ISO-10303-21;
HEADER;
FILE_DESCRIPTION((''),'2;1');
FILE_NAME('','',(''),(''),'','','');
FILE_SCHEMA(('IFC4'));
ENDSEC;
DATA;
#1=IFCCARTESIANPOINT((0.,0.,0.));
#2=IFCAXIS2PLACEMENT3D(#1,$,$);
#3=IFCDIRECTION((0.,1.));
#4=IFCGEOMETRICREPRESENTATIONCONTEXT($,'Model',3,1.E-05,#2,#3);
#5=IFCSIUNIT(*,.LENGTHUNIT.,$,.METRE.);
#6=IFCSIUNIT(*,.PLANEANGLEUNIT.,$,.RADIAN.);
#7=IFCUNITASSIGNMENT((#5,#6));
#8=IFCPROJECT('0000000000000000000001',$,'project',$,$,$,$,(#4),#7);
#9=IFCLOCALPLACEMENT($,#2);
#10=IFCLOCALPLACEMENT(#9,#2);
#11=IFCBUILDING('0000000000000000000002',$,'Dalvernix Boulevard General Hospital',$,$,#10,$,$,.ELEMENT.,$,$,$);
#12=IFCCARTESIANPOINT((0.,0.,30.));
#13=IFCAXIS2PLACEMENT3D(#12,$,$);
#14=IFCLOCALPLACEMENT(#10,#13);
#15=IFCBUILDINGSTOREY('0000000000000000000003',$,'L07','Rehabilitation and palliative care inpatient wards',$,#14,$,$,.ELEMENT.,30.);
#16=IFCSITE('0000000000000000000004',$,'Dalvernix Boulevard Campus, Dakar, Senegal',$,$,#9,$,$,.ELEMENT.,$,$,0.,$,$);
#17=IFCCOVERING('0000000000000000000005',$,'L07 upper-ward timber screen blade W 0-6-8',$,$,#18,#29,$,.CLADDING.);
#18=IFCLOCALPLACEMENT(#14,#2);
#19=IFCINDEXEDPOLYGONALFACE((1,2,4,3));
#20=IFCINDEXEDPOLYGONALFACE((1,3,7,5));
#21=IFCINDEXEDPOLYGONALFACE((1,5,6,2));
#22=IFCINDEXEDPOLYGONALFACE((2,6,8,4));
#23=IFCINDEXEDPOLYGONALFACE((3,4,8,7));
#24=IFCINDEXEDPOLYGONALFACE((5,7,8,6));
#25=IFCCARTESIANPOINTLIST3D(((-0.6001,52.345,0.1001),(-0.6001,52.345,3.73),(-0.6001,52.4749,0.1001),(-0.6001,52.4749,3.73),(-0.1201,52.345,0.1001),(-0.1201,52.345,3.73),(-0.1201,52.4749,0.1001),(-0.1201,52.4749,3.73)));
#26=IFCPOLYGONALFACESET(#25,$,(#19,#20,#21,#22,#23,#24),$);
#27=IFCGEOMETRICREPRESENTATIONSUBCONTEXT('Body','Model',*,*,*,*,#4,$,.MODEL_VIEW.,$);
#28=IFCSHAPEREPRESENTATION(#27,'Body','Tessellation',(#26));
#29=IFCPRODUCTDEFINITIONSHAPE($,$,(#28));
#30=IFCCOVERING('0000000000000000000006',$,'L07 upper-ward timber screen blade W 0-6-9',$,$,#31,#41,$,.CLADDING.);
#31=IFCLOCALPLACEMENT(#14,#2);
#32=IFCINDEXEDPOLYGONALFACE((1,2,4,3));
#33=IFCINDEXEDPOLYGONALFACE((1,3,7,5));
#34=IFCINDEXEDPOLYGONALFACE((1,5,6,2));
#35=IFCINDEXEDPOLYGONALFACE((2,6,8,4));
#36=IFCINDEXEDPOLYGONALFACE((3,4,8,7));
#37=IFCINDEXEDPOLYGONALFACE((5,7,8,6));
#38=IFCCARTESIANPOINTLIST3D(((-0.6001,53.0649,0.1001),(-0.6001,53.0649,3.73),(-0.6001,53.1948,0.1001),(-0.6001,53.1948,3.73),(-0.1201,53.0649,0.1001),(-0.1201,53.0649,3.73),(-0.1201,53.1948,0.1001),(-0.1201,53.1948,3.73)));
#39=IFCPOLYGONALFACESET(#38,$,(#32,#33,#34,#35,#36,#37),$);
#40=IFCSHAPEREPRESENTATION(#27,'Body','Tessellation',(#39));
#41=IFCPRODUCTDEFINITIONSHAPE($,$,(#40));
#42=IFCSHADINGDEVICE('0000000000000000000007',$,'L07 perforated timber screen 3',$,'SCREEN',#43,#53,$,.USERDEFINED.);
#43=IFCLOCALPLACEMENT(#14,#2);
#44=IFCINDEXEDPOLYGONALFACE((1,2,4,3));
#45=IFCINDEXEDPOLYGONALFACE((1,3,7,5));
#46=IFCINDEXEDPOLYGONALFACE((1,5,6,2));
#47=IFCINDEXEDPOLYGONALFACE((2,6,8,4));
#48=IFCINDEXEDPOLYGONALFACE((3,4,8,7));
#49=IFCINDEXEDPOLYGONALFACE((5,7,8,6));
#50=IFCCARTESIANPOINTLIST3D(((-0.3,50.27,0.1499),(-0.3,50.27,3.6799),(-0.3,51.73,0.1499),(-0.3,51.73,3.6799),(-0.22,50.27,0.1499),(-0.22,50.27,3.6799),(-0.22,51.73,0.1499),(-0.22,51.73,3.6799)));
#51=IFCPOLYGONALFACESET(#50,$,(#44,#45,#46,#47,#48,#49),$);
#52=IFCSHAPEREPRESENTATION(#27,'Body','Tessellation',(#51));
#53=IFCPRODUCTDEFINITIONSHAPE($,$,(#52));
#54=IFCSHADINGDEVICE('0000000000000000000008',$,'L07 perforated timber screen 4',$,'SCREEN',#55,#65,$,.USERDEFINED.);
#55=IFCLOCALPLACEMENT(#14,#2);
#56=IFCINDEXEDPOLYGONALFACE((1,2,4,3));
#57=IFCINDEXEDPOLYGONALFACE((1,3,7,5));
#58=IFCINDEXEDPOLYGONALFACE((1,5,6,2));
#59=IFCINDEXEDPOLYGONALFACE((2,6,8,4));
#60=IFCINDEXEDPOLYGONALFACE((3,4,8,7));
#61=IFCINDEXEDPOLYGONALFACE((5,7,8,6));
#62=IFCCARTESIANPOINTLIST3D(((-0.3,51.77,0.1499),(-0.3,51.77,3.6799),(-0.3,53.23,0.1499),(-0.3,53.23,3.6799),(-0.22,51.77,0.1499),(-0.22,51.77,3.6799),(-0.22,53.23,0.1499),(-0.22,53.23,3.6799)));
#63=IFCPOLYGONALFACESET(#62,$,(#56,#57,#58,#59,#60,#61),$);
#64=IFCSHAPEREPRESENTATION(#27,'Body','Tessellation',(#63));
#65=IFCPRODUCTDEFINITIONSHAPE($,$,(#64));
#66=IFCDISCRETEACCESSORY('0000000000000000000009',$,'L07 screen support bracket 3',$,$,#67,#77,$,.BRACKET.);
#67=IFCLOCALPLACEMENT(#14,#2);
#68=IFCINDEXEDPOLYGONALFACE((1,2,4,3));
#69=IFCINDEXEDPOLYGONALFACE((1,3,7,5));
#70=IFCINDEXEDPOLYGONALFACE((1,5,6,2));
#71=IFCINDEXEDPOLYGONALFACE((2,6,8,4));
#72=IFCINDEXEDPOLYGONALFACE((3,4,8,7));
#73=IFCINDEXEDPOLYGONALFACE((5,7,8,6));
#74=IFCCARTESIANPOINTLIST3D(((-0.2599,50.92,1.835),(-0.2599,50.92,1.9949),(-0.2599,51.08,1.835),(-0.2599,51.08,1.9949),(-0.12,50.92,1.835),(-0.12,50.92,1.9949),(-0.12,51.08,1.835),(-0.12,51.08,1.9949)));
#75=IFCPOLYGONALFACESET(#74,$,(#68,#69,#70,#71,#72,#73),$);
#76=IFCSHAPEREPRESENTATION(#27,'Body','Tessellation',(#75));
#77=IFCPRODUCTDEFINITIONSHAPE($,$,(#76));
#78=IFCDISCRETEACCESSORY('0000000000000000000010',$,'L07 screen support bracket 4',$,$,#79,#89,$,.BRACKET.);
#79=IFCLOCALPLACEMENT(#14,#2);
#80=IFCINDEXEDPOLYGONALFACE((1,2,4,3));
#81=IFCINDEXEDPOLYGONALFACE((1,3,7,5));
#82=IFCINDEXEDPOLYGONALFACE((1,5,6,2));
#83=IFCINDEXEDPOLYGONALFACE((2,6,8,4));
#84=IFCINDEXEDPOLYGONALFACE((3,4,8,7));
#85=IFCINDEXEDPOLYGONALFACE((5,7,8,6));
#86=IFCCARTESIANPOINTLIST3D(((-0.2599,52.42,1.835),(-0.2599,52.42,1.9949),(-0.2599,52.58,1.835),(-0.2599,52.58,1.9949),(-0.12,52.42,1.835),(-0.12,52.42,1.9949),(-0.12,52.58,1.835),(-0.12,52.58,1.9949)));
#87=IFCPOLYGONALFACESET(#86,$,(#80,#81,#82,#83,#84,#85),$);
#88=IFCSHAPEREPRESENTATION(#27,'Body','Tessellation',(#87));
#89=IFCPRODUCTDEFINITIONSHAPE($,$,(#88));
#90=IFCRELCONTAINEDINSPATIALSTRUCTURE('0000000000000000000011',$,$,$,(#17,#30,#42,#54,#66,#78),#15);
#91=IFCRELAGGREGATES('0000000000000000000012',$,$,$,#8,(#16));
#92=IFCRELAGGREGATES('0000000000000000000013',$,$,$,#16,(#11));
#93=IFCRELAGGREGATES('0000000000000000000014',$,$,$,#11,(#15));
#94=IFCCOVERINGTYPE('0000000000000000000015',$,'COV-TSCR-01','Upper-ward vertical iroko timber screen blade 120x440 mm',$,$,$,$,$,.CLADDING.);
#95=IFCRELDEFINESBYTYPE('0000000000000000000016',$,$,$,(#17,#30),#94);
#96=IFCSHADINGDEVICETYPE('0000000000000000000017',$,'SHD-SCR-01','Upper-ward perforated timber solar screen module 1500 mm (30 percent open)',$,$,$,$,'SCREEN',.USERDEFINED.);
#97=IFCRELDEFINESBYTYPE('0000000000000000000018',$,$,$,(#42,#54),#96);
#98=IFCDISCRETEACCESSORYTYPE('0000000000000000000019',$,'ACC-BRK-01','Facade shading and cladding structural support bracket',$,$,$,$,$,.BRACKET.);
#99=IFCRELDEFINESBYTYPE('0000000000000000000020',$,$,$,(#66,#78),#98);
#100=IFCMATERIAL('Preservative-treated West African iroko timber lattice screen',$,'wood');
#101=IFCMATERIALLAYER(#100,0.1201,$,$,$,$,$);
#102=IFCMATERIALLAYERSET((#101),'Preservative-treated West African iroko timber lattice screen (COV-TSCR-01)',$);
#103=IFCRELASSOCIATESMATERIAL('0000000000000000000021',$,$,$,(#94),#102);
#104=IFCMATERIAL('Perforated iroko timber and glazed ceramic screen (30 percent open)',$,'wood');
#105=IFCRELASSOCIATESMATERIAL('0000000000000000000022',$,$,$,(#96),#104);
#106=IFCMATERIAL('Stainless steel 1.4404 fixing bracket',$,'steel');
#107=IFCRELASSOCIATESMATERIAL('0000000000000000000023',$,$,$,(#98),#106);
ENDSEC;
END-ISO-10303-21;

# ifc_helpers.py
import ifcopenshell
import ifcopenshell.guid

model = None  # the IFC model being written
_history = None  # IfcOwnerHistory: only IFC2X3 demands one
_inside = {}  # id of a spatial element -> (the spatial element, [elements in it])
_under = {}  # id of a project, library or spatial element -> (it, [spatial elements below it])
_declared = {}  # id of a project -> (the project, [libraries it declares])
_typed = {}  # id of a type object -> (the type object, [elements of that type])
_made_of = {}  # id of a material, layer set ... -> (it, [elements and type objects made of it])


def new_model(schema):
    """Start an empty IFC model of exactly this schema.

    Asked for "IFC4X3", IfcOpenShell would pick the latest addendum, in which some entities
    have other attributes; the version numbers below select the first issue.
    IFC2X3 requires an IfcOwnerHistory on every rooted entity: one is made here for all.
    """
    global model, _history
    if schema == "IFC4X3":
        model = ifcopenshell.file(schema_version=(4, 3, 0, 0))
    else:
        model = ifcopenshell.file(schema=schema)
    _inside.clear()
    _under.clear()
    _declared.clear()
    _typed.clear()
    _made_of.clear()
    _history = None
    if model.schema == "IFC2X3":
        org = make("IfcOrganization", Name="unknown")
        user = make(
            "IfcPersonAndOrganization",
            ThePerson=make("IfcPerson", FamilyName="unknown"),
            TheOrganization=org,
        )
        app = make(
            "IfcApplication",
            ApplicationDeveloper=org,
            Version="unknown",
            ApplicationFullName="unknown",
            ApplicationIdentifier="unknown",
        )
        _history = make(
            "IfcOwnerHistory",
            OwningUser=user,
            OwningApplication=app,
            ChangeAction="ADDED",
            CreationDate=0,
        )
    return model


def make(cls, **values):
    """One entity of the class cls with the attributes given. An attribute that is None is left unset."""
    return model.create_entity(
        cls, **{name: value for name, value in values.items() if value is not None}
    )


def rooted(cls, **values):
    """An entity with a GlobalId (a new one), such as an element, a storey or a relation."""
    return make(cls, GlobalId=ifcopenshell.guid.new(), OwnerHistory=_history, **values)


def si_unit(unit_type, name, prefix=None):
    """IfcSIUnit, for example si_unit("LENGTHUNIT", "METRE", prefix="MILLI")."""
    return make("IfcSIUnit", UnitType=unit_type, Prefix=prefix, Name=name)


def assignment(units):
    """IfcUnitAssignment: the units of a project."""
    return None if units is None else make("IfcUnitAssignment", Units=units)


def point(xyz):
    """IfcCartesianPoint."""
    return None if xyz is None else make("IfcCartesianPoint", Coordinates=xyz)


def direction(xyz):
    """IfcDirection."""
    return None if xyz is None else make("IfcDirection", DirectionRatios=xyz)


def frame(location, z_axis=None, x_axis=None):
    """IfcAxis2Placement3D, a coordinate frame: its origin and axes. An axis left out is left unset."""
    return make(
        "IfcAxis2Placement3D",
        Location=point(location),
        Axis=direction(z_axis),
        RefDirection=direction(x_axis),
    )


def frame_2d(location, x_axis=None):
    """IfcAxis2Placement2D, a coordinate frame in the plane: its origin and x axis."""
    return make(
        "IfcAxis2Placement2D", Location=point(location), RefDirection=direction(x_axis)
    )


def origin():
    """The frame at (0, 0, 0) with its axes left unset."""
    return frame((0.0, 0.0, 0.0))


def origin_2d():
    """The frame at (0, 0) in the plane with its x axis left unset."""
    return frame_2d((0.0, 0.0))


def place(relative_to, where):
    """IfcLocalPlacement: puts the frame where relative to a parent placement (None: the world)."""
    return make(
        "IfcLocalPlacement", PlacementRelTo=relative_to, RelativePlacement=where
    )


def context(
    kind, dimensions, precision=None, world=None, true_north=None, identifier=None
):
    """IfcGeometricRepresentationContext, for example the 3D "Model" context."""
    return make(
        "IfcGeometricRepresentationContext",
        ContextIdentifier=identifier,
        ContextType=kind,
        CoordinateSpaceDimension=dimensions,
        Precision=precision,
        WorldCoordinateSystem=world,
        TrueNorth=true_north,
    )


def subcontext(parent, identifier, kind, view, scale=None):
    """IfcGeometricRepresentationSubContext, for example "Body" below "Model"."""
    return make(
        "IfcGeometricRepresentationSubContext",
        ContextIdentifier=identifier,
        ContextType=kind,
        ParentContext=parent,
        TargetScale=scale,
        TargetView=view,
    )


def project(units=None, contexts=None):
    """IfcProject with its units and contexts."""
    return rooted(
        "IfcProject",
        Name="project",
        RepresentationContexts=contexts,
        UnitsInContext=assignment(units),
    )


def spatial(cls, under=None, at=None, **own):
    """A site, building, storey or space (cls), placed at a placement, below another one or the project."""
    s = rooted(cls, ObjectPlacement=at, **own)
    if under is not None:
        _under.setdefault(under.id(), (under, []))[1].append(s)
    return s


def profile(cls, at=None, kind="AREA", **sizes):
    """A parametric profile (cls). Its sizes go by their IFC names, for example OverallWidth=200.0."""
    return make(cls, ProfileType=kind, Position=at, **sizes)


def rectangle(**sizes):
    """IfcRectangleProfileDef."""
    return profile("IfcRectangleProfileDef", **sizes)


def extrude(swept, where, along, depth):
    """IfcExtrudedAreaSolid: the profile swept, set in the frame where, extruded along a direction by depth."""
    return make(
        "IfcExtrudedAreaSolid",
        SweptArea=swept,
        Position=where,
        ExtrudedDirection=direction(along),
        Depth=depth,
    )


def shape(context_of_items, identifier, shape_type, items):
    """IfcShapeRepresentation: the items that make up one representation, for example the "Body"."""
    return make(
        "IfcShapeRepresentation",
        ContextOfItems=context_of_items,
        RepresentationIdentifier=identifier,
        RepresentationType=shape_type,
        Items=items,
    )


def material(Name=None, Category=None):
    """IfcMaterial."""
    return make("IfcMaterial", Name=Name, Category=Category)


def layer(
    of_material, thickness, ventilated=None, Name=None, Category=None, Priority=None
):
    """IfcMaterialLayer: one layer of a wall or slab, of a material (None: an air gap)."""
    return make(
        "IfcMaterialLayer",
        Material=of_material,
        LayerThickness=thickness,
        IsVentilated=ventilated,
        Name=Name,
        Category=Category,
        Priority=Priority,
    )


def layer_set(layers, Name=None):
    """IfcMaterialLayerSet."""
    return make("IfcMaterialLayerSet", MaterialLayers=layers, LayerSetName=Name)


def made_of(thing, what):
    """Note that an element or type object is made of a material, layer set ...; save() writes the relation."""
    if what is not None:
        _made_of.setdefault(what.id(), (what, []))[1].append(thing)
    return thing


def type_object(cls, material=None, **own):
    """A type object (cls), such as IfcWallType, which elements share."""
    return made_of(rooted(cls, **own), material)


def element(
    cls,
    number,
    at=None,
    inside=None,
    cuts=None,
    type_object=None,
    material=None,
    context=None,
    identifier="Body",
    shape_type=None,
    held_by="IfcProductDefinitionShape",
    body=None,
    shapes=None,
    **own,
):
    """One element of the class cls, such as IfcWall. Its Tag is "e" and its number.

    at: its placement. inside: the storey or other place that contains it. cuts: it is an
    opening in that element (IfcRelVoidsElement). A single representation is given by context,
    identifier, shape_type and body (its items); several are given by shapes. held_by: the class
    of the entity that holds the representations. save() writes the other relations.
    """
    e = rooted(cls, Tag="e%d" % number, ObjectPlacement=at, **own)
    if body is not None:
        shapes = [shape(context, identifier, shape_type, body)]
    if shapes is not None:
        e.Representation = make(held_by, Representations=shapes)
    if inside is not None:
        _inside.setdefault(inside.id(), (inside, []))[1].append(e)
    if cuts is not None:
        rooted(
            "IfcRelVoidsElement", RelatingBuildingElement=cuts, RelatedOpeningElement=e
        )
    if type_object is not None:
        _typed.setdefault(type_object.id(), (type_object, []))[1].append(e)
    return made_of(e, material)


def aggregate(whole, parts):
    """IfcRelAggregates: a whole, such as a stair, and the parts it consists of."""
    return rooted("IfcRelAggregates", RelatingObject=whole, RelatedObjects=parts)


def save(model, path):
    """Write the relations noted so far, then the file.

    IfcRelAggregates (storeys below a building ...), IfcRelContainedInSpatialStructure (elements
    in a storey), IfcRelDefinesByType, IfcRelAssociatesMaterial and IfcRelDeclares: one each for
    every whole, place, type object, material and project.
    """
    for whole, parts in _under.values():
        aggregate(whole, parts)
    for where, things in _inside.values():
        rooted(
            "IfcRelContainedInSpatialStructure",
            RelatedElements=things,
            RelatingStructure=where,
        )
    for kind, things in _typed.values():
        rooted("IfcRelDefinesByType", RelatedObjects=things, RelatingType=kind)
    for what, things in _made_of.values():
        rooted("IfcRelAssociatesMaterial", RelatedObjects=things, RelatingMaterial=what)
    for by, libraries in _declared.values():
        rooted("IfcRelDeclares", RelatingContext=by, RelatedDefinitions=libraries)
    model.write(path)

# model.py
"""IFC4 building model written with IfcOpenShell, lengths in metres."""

from ifc_helpers import new_model, si_unit, direction, frame, origin, origin_2d, place, context, subcontext, project, spatial, rectangle, extrude, material, layer, layer_set, type_object, element, save


model = new_model("IFC4")

# Units and contexts
model_context = context("Model", 3, precision=1e-05, world=origin(), true_north=direction((0.0, 1.0)))
body_context = subcontext(model_context, "Body", "Model", "MODEL_VIEW")
ifc_project = project(units=[si_unit("LENGTHUNIT", "METRE"), si_unit("PLANEANGLEUNIT", "RADIAN")], contexts=[model_context])

# Site, building, storey
site_placement = place(None, origin())
site = spatial("IfcSite", under=ifc_project, at=site_placement, Name="Dalvernix Boulevard Campus, Dakar, Senegal", CompositionType="ELEMENT", RefElevation=0.0)
building_placement = place(site_placement, origin())
building = spatial("IfcBuilding", under=site, at=building_placement, Name="Dalvernix Boulevard General Hospital", CompositionType="ELEMENT")
storey_placement = place(building_placement, frame((0.0, 0.0, 30.0)))
storey = spatial("IfcBuildingStorey", under=building, at=storey_placement, Name="L07", Description="Rehabilitation and palliative care inpatient wards", CompositionType="ELEMENT", Elevation=30.0)

# Coverings
ifc_material_1 = material(Name="Preservative-treated West African iroko timber lattice screen", Category="wood")
ifc_layer_1 = layer(ifc_material_1, 0.1201)
ifc_layer_set_1 = layer_set([ifc_layer_1], Name="Preservative-treated West African iroko timber lattice screen (COV-TSCR-01)")
covering_type_1 = type_object("IfcCoveringType", Name="COV-TSCR-01", Description="Upper-ward vertical iroko timber screen blade 120x440 mm", PredefinedType="CLADDING", material=ifc_layer_set_1)
for number, where, z_axis, x_axis, name in (
    (1, (-0.3601, 52.4099, 0.1001), (0.0, 0.0, 1.0), (0.0, 1.0, 0.0), "L07 upper-ward timber screen blade W 0-6-8"),
    (2, (-0.3601, 53.1299, 0.1001), (0.0, 0.0, 1.0), (0.0, 1.0, 0.0), "L07 upper-ward timber screen blade W 0-6-9"),
):
    element("IfcCovering", number, at=place(storey_placement, frame(where, z_axis=z_axis, x_axis=x_axis)), inside=storey, type_object=covering_type_1, Name=name, PredefinedType="CLADDING", context=body_context, shape_type="SweptSolid", body=[
        extrude(rectangle(XDim=0.1299, YDim=0.48, at=origin_2d()), origin(), (0.0, 0.0, 1.0), 3.6299),
    ])

# Shading devices
ifc_material_2 = material(Name="Perforated iroko timber and glazed ceramic screen (30 percent open)", Category="wood")
shading_device_type = type_object("IfcShadingDeviceType", Name="SHD-SCR-01", Description="Upper-ward perforated timber solar screen module 1500 mm (30 percent open)", ElementType="SCREEN", PredefinedType="USERDEFINED", material=ifc_material_2)
for number, where, z_axis, x_axis, name in (
    (3, (-0.26, 51.0, 0.1499), (0.0, 0.0, 1.0), (0.0, 1.0, 0.0), "L07 perforated timber screen 3"),
    (4, (-0.26, 52.5, 0.1499), (0.0, 0.0, 1.0), (0.0, 1.0, 0.0), "L07 perforated timber screen 4"),
):
    element("IfcShadingDevice", number, at=place(storey_placement, frame(where, z_axis=z_axis, x_axis=x_axis)), inside=storey, type_object=shading_device_type, Name=name, ObjectType="SCREEN", PredefinedType="USERDEFINED", context=body_context, shape_type="SweptSolid", body=[
        extrude(rectangle(XDim=1.46, YDim=0.0801, at=origin_2d()), origin(), (0.0, 0.0, 1.0), 3.53),
    ])

# Discrete accessories
ifc_material_3 = material(Name="Stainless steel 1.4404 fixing bracket", Category="steel")
discrete_accessory_type = type_object("IfcDiscreteAccessoryType", Name="ACC-BRK-01", Description="Facade shading and cladding structural support bracket", PredefinedType="BRACKET", material=ifc_material_3)
for number, where, z_axis, x_axis, name in (
    (5, (-0.1899, 51.0, 1.835), (0.0, 0.0, 1.0), (0.0, 1.0, 0.0), "L07 screen support bracket 3"),
    (6, (-0.1899, 52.5, 1.835), (0.0, 0.0, 1.0), (0.0, 1.0, 0.0), "L07 screen support bracket 4"),
):
    element("IfcDiscreteAccessory", number, at=place(storey_placement, frame(where, z_axis=z_axis, x_axis=x_axis)), inside=storey, type_object=discrete_accessory_type, Name=name, PredefinedType="BRACKET", context=body_context, shape_type="SweptSolid", body=[
        extrude(rectangle(XDim=0.1599, YDim=0.1399, at=origin_2d()), origin(), (0.0, 0.0, 1.0), 0.1599),
    ])

save(model, "model.ifc")
